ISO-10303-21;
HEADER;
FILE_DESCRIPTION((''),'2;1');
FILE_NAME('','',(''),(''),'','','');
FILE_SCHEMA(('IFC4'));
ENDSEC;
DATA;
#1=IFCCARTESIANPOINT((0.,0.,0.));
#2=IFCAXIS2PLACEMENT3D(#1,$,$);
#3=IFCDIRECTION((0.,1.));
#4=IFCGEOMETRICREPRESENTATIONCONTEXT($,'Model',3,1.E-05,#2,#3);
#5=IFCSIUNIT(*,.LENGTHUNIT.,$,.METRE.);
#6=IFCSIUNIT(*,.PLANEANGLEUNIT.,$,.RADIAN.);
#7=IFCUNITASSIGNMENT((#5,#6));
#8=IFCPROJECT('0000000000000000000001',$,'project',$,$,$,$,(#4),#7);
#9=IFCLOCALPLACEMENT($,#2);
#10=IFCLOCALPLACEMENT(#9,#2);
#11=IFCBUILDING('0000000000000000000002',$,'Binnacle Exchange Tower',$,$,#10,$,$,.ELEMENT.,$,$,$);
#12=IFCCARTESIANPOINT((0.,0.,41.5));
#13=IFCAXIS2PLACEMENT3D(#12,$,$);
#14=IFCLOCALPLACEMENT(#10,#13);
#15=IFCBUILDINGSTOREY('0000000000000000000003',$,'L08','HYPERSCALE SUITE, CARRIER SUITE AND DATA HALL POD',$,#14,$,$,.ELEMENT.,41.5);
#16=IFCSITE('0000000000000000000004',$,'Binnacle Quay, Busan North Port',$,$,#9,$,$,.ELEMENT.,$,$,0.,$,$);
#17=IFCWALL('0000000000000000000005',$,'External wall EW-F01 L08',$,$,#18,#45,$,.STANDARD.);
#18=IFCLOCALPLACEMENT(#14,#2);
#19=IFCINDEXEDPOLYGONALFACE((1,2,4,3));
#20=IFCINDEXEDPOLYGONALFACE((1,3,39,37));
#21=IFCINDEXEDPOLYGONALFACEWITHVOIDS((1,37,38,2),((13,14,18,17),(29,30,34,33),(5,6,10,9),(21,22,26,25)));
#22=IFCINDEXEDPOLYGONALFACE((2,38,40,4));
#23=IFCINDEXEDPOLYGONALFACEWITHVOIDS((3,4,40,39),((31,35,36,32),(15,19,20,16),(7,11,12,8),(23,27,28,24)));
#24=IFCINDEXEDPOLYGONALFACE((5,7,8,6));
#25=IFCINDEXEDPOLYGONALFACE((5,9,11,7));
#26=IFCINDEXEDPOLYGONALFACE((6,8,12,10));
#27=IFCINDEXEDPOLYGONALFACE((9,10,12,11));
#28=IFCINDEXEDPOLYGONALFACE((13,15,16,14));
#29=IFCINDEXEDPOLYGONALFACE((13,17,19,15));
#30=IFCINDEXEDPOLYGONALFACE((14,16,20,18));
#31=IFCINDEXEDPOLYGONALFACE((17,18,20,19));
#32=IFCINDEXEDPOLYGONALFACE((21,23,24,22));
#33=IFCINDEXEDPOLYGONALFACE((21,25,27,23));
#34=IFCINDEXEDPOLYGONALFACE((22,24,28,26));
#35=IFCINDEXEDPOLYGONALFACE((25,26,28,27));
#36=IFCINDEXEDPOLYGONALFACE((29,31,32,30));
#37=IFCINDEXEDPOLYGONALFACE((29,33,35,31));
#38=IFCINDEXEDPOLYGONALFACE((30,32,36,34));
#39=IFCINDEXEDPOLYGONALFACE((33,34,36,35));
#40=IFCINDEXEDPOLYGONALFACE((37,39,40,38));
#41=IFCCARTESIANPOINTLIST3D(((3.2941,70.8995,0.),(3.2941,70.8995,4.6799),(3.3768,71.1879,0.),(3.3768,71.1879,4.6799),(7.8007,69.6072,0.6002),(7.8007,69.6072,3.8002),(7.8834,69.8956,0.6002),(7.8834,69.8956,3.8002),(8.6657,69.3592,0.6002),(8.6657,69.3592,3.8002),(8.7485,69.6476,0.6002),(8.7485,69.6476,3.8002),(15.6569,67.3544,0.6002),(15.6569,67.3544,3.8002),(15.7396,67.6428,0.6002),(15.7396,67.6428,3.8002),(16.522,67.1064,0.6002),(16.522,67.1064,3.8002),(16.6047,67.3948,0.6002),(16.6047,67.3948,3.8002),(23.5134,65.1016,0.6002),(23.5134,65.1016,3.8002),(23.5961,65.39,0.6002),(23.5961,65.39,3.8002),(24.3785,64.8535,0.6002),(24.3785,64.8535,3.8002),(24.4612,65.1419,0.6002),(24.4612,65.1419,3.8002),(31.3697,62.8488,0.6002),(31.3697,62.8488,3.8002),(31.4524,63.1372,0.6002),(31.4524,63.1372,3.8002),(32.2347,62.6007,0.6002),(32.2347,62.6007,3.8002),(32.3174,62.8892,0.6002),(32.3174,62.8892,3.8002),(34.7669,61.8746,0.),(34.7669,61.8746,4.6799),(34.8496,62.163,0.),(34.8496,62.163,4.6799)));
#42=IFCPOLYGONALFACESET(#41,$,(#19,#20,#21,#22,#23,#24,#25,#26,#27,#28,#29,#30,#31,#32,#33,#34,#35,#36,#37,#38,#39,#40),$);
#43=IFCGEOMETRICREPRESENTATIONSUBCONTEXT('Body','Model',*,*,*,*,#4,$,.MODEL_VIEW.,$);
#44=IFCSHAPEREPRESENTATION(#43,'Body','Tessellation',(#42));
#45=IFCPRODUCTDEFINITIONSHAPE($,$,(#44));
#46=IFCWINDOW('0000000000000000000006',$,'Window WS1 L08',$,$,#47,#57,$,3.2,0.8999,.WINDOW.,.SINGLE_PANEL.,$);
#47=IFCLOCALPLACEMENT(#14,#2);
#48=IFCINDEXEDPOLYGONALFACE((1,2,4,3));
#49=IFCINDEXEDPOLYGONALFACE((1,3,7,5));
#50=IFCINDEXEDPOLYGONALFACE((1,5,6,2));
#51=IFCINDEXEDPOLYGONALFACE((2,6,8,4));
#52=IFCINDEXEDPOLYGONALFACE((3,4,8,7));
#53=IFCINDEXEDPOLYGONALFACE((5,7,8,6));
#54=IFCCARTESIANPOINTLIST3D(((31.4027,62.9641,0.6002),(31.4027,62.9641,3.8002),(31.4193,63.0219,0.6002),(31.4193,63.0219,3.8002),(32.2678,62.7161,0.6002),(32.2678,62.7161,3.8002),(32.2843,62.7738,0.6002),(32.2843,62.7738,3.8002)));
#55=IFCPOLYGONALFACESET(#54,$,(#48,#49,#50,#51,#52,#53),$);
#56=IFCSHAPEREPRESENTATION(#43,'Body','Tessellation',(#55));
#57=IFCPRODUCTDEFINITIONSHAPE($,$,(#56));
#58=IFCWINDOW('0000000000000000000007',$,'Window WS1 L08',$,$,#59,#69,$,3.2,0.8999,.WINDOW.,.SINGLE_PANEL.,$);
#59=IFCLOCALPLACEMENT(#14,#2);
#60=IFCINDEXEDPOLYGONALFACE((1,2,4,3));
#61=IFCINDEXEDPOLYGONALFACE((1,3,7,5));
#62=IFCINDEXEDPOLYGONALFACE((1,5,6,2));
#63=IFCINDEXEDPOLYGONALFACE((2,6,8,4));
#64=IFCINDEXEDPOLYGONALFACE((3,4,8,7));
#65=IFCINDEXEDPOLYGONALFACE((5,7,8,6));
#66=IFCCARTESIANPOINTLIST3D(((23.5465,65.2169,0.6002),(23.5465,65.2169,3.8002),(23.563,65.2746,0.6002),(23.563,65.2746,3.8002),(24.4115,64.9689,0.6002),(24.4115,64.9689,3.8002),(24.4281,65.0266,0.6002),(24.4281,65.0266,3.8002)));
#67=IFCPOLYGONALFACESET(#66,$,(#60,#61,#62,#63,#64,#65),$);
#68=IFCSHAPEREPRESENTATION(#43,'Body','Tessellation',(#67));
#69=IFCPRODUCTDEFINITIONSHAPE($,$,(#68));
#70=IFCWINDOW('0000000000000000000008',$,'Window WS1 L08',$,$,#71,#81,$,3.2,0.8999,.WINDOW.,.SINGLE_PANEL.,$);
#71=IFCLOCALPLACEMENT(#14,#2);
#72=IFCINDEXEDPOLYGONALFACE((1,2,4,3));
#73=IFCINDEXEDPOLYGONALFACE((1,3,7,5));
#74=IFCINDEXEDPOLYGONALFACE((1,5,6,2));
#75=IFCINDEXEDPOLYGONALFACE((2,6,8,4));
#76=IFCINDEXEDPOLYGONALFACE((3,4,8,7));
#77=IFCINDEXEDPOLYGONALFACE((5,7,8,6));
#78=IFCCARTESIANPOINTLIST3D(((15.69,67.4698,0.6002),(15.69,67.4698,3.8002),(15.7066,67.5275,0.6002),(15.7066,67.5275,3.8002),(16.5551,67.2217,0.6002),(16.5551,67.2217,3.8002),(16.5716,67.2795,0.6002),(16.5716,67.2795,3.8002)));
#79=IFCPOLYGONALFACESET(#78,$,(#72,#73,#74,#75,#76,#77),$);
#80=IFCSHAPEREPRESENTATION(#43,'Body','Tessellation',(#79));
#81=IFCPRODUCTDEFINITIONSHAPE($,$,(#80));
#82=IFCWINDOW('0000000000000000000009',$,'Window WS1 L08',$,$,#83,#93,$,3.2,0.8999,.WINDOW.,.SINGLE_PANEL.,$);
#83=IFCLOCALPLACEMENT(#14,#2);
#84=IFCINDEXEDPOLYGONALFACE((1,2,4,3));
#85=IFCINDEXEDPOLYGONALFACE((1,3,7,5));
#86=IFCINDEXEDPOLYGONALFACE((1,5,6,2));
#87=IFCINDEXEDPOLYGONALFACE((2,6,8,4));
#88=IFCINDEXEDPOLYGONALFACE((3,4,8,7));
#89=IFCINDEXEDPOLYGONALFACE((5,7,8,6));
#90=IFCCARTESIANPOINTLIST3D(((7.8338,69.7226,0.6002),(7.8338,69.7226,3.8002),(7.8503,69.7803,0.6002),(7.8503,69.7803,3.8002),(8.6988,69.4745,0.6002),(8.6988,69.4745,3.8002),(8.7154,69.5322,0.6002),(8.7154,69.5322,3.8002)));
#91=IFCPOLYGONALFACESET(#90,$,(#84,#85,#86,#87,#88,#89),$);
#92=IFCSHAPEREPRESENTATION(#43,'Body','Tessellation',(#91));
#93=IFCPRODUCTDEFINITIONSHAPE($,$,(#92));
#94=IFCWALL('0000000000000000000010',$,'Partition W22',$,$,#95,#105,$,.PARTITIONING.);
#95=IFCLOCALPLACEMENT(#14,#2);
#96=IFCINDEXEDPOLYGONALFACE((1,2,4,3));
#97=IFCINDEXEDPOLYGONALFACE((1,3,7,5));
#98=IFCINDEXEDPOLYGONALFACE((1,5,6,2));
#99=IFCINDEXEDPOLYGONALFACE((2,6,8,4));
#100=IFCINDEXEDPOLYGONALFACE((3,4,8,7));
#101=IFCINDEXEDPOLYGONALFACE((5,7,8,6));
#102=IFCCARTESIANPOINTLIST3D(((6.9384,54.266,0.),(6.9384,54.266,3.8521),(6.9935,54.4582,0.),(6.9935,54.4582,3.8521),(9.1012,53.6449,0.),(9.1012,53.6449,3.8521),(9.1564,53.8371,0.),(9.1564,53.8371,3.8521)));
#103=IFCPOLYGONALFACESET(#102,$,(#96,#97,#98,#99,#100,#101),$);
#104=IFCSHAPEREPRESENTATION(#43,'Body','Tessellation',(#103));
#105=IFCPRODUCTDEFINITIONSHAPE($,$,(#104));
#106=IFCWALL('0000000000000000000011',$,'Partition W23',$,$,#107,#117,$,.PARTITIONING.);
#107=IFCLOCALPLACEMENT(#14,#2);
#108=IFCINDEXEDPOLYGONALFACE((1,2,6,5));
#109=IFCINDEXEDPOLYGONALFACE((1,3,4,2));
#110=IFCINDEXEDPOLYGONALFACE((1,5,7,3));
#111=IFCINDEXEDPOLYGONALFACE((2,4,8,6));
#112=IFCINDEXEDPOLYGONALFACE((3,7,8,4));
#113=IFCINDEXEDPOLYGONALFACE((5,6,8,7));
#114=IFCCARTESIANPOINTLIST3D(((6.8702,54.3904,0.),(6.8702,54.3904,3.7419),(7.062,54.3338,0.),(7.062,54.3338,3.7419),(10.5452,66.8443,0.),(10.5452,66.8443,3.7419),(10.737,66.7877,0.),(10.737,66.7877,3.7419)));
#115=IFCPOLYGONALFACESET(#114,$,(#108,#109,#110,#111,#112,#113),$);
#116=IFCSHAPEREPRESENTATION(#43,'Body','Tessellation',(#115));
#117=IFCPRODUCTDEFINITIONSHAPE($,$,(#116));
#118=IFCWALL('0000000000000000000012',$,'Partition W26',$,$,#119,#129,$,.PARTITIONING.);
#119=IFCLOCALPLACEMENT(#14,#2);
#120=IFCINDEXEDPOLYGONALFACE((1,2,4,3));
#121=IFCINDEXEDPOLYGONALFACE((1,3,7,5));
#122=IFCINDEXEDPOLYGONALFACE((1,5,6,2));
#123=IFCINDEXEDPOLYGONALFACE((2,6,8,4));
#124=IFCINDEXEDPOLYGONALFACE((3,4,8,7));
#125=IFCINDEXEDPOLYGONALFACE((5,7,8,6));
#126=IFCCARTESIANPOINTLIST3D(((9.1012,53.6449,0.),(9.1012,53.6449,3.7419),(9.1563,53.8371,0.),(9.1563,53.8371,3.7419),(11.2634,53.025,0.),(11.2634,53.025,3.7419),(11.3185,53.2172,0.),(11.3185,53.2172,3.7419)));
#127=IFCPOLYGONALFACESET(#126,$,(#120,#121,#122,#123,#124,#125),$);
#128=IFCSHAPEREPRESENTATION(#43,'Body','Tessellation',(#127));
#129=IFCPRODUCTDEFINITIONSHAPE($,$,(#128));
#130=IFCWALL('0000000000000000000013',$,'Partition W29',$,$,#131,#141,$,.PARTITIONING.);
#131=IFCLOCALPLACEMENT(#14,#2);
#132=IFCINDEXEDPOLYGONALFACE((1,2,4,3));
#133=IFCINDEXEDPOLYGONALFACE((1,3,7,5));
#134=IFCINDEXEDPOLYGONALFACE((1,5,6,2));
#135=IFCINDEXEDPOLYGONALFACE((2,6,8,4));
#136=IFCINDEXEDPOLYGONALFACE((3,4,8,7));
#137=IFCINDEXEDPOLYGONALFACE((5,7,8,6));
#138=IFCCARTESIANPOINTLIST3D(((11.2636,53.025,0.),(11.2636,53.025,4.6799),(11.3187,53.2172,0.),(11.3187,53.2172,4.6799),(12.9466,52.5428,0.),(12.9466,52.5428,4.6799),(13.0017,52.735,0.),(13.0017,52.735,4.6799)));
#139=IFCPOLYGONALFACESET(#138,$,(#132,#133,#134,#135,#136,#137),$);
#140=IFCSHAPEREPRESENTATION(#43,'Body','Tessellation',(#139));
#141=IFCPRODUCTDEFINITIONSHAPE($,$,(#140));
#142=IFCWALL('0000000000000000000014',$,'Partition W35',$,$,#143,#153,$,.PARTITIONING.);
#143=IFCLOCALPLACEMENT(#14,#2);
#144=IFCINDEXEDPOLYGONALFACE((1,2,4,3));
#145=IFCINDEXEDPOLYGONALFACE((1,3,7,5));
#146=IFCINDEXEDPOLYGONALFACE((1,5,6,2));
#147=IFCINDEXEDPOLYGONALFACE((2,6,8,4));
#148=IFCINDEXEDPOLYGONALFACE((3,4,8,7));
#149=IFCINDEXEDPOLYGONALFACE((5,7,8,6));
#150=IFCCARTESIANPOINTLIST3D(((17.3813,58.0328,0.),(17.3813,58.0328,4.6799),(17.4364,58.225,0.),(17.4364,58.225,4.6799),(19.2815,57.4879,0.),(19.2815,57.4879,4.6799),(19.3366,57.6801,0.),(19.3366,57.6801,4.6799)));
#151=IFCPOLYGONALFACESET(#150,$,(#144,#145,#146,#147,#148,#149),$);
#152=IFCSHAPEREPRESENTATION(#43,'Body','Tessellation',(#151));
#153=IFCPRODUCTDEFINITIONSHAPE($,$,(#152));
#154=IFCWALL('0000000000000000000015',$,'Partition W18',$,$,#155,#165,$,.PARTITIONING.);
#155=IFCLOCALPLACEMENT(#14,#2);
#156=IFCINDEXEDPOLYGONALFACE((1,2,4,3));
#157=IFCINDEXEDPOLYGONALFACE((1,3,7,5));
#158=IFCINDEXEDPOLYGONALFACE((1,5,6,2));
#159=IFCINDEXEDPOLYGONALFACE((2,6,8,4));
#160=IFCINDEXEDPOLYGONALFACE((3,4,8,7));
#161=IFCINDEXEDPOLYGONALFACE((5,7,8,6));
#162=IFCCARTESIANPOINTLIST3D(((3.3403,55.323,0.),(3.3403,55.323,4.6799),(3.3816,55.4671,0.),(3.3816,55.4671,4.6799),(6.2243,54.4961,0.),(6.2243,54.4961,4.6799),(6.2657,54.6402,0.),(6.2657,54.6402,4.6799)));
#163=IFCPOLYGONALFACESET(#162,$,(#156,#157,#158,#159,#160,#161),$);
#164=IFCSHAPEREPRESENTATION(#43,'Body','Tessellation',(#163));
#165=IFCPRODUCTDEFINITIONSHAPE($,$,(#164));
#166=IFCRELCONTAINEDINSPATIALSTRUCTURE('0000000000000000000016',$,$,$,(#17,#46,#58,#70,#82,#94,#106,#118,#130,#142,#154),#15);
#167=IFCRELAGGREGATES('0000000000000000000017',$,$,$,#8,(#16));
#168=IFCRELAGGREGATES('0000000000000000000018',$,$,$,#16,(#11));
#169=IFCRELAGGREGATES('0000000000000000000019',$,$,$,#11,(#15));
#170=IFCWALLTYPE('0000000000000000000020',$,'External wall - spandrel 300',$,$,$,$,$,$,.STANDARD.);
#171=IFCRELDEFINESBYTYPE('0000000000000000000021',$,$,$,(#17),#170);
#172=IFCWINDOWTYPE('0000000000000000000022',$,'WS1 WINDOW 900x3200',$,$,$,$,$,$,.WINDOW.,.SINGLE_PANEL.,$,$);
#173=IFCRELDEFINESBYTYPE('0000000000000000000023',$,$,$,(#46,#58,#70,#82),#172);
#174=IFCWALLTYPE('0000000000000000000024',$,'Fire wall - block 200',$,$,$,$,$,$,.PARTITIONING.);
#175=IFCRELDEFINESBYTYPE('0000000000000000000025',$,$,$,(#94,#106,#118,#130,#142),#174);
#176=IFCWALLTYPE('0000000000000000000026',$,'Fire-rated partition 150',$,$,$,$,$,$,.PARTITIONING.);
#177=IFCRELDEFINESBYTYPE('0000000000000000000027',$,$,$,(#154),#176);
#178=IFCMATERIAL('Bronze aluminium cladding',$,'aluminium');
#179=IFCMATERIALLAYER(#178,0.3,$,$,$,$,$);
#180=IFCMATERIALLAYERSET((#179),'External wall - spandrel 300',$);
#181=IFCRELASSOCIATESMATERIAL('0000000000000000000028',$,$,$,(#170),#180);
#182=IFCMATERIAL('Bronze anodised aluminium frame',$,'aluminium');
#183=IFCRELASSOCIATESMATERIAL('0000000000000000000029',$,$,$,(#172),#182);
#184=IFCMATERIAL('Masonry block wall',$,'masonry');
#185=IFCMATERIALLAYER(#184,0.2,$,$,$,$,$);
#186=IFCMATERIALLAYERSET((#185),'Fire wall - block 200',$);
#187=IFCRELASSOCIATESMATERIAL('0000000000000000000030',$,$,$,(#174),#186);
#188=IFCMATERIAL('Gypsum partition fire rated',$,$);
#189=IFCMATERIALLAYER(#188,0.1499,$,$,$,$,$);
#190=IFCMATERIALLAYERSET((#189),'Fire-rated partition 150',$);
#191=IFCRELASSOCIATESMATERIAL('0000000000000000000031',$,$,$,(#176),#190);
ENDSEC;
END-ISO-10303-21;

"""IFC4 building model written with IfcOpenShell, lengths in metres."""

from ifc_helpers import new_model, si_unit, direction, frame, frame_2d, origin, place, context, subcontext, project, spatial, rectangle, extrude, material, layer, layer_set, type_object, element, fill, save


model = new_model("IFC4")

# Units and contexts
model_context = context("Model", 3, precision=1e-05, world=origin(), true_north=direction((0.0, 1.0)))
body_context = subcontext(model_context, "Body", "Model", "MODEL_VIEW")
ifc_project = project(units=[si_unit("LENGTHUNIT", "METRE"), si_unit("PLANEANGLEUNIT", "RADIAN")], contexts=[model_context])

# Site, building, storey
site_placement = place(None, origin())
site = spatial("IfcSite", under=ifc_project, at=site_placement, Name="Binnacle Quay, Busan North Port", CompositionType="ELEMENT", RefElevation=0.0)
building_placement = place(site_placement, origin())
building = spatial("IfcBuilding", under=site, at=building_placement, Name="Binnacle Exchange Tower", CompositionType="ELEMENT")
storey_placement = place(building_placement, frame((0.0, 0.0, 41.5)))
storey = spatial("IfcBuildingStorey", under=building, at=storey_placement, Name="L08", Description="HYPERSCALE SUITE, CARRIER SUITE AND DATA HALL POD", CompositionType="ELEMENT", Elevation=41.5)

# Wall, openings, windows
ifc_material_1 = material(Name="Bronze aluminium cladding", Category="aluminium")
ifc_layer_1 = layer(ifc_material_1, 0.3)
ifc_layer_set_1 = layer_set([ifc_layer_1], Name="External wall - spandrel 300")
wall_type_1 = type_object("IfcWallType", Name="External wall - spandrel 300", PredefinedType="STANDARD", material=ifc_layer_set_1)
wall_1_placement = place(storey_placement, frame((3.3354, 71.0437, 0.0), z_axis=(0.0, 0.0, 1.0), x_axis=(0.96126, -0.275643, 0.0)))
wall_1 = element("IfcWall", 1, at=wall_1_placement, inside=storey, type_object=wall_type_1, Name="External wall EW-F01 L08", PredefinedType="STANDARD", context=body_context, shape_type="SweptSolid", body=[
    extrude(rectangle(XDim=32.7412, YDim=0.3, at=frame_2d((16.3706, 0.0))), origin(), (0.0, 0.0, 1.0), 4.6799),
])
opening_1_placement = place(wall_1_placement, frame((29.207, 0.0, 0.6001)))
opening_1 = element("IfcOpeningElement", 2, at=opening_1_placement, cuts=wall_1, PredefinedType="OPENING", context=body_context, shape_type="SweptSolid", body=[
    extrude(rectangle(XDim=0.8999, YDim=3.2, at=frame_2d((0.45, 1.6001))), frame((0.0, 0.1599, 0.0), z_axis=(0.0, -1.0, 0.0), x_axis=(1.0, 0.0, 0.0)), (0.0, 0.0, 1.0), 0.3201),
])
opening_2_placement = place(wall_1_placement, frame((21.0342, 0.0, 0.6001)))
opening_2 = element("IfcOpeningElement", 3, at=opening_2_placement, cuts=wall_1, PredefinedType="OPENING", context=body_context, shape_type="SweptSolid", body=[
    extrude(rectangle(XDim=0.8999, YDim=3.2, at=frame_2d((0.45, 1.6001))), frame((0.0, 0.1599, 0.0), z_axis=(0.0, -1.0, 0.0), x_axis=(1.0, 0.0, 0.0)), (0.0, 0.0, 1.0), 0.3201),
])
opening_3_placement = place(wall_1_placement, frame((12.8611, 0.0, 0.6001)))
opening_3 = element("IfcOpeningElement", 4, at=opening_3_placement, cuts=wall_1, PredefinedType="OPENING", context=body_context, shape_type="SweptSolid", body=[
    extrude(rectangle(XDim=0.8999, YDim=3.2, at=frame_2d((0.45, 1.6001))), frame((0.0, 0.1599, 0.0), z_axis=(0.0, -1.0, 0.0), x_axis=(1.0, 0.0, 0.0)), (0.0, 0.0, 1.0), 0.3201),
])
opening_4_placement = place(wall_1_placement, frame((4.6882, 0.0, 0.6001)))
opening_4 = element("IfcOpeningElement", 5, at=opening_4_placement, cuts=wall_1, PredefinedType="OPENING", context=body_context, shape_type="SweptSolid", body=[
    extrude(rectangle(XDim=0.8999, YDim=3.2, at=frame_2d((0.45, 1.6001))), frame((0.0, 0.1599, 0.0), z_axis=(0.0, -1.0, 0.0), x_axis=(1.0, 0.0, 0.0)), (0.0, 0.0, 1.0), 0.3201),
])
ifc_material_2 = material(Name="Bronze anodised aluminium frame", Category="aluminium")
window_type = type_object("IfcWindowType", Name="WS1 WINDOW 900x3200", PartitioningType="SINGLE_PANEL", PredefinedType="WINDOW", material=ifc_material_2)
window_1_placement = place(opening_1_placement, origin())
window_1 = element("IfcWindow", 6, at=window_1_placement, inside=storey, type_object=window_type, Name="Window WS1 L08", OverallHeight=3.2, OverallWidth=0.8999, PartitioningType="SINGLE_PANEL", PredefinedType="WINDOW", context=body_context, shape_type="SweptSolid", body=[
    extrude(rectangle(XDim=0.8999, YDim=3.2, at=frame_2d((0.45, 1.6001))), frame((0.0, 0.03, 0.0), z_axis=(0.0, -1.0, 0.0), x_axis=(1.0, 0.0, 0.0)), (0.0, 0.0, 1.0), 0.0601),
])
fill(opening_1, window_1)
window_2_placement = place(opening_2_placement, origin())
window_2 = element("IfcWindow", 7, at=window_2_placement, inside=storey, type_object=window_type, Name="Window WS1 L08", OverallHeight=3.2, OverallWidth=0.8999, PartitioningType="SINGLE_PANEL", PredefinedType="WINDOW", context=body_context, shape_type="SweptSolid", body=[
    extrude(rectangle(XDim=0.8999, YDim=3.2, at=frame_2d((0.45, 1.6001))), frame((0.0, 0.03, 0.0), z_axis=(0.0, -1.0, 0.0), x_axis=(1.0, 0.0, 0.0)), (0.0, 0.0, 1.0), 0.0601),
])
fill(opening_2, window_2)
window_3_placement = place(opening_3_placement, origin())
window_3 = element("IfcWindow", 8, at=window_3_placement, inside=storey, type_object=window_type, Name="Window WS1 L08", OverallHeight=3.2, OverallWidth=0.8999, PartitioningType="SINGLE_PANEL", PredefinedType="WINDOW", context=body_context, shape_type="SweptSolid", body=[
    extrude(rectangle(XDim=0.8999, YDim=3.2, at=frame_2d((0.45, 1.6001))), frame((0.0, 0.03, 0.0), z_axis=(0.0, -1.0, 0.0), x_axis=(1.0, 0.0, 0.0)), (0.0, 0.0, 1.0), 0.0601),
])
fill(opening_3, window_3)
window_4_placement = place(opening_4_placement, origin())
window_4 = element("IfcWindow", 9, at=window_4_placement, inside=storey, type_object=window_type, Name="Window WS1 L08", OverallHeight=3.2, OverallWidth=0.8999, PartitioningType="SINGLE_PANEL", PredefinedType="WINDOW", context=body_context, shape_type="SweptSolid", body=[
    extrude(rectangle(XDim=0.8999, YDim=3.2, at=frame_2d((0.45, 1.6001))), frame((0.0, 0.03, 0.0), z_axis=(0.0, -1.0, 0.0), x_axis=(1.0, 0.0, 0.0)), (0.0, 0.0, 1.0), 0.0601),
])
fill(opening_4, window_4)

# Walls
ifc_material_3 = material(Name="Masonry block wall", Category="masonry")
ifc_layer_2 = layer(ifc_material_3, 0.2)
ifc_layer_set_2 = layer_set([ifc_layer_2], Name="Fire wall - block 200")
wall_type_2 = type_object("IfcWallType", Name="Fire wall - block 200", PredefinedType="PARTITIONING", material=ifc_layer_set_2)
wall_2_placement = place(storey_placement, frame((6.9661, 54.3621, 0.0), z_axis=(0.0, 0.0, 1.0), x_axis=(0.961155, -0.276011, 0.0)))
element("IfcWall", 10, at=wall_2_placement, inside=storey, type_object=wall_type_2, Name="Partition W22", PredefinedType="PARTITIONING", context=body_context, shape_type="SweptSolid", body=[
    extrude(rectangle(XDim=2.2502, YDim=0.2, at=frame_2d((1.125, 0.0))), origin(), (0.0, 0.0, 1.0), 3.8521),
])
wall_3_placement = place(storey_placement, frame((6.9661, 54.3621, 0.0), z_axis=(0.0, 0.0, 1.0), x_axis=(0.283027, 0.959112, 0.0)))
element("IfcWall", 11, at=wall_3_placement, inside=storey, type_object=wall_type_2, Name="Partition W23", PredefinedType="PARTITIONING", context=body_context, shape_type="SweptSolid", body=[
    extrude(rectangle(XDim=12.9849, YDim=0.2, at=frame_2d((6.4924, 0.0))), origin(), (0.0, 0.0, 1.0), 3.7419),
])
wall_4_placement = place(storey_placement, frame((9.1289, 53.741, 0.0), z_axis=(0.0, 0.0, 1.0), x_axis=(0.961274, -0.275596, 0.0)))
element("IfcWall", 12, at=wall_4_placement, inside=storey, type_object=wall_type_2, Name="Partition W26", PredefinedType="PARTITIONING", context=body_context, shape_type="SweptSolid", body=[
    extrude(rectangle(XDim=2.2493, YDim=0.2, at=frame_2d((1.1245, 0.0))), origin(), (0.0, 0.0, 1.0), 3.7419),
])
wall_5_placement = place(storey_placement, frame((11.291, 53.1211, 0.0), z_axis=(0.0, 0.0, 1.0), x_axis=(0.961329, -0.275402, 0.0)))
element("IfcWall", 13, at=wall_5_placement, inside=storey, type_object=wall_type_2, Name="Partition W29", PredefinedType="PARTITIONING", context=body_context, shape_type="SweptSolid", body=[
    extrude(rectangle(XDim=1.7507, YDim=0.2, at=frame_2d((0.8755, 0.0))), origin(), (0.0, 0.0, 1.0), 4.6799),
])
wall_6_placement = place(storey_placement, frame((17.4089, 58.1289, 0.0), z_axis=(0.0, 0.0, 1.0), x_axis=(0.961253, -0.275667, 0.0)))
element("IfcWall", 14, at=wall_6_placement, inside=storey, type_object=wall_type_2, Name="Partition W35", PredefinedType="PARTITIONING", context=body_context, shape_type="SweptSolid", body=[
    extrude(rectangle(XDim=1.9768, YDim=0.2, at=frame_2d((0.9883, 0.0))), origin(), (0.0, 0.0, 1.0), 4.6799),
])
ifc_material_4 = material(Name="Gypsum partition fire rated")
ifc_layer_3 = layer(ifc_material_4, 0.1499)
ifc_layer_set_3 = layer_set([ifc_layer_3], Name="Fire-rated partition 150")
wall_type_3 = type_object("IfcWallType", Name="Fire-rated partition 150", PredefinedType="PARTITIONING", material=ifc_layer_set_3)
wall_7_placement = place(storey_placement, frame((3.3611, 55.395, 0.0), z_axis=(0.0, 0.0, 1.0), x_axis=(0.961269, -0.275613, 0.0)))
element("IfcWall", 15, at=wall_7_placement, inside=storey, type_object=wall_type_3, Name="Partition W18", PredefinedType="PARTITIONING", context=body_context, shape_type="SweptSolid", body=[
    extrude(rectangle(XDim=3.0002, YDim=0.1499, at=frame_2d((1.5, 0.0))), origin(), (0.0, 0.0, 1.0), 4.6799),
])

save(model, "model.ifc")
